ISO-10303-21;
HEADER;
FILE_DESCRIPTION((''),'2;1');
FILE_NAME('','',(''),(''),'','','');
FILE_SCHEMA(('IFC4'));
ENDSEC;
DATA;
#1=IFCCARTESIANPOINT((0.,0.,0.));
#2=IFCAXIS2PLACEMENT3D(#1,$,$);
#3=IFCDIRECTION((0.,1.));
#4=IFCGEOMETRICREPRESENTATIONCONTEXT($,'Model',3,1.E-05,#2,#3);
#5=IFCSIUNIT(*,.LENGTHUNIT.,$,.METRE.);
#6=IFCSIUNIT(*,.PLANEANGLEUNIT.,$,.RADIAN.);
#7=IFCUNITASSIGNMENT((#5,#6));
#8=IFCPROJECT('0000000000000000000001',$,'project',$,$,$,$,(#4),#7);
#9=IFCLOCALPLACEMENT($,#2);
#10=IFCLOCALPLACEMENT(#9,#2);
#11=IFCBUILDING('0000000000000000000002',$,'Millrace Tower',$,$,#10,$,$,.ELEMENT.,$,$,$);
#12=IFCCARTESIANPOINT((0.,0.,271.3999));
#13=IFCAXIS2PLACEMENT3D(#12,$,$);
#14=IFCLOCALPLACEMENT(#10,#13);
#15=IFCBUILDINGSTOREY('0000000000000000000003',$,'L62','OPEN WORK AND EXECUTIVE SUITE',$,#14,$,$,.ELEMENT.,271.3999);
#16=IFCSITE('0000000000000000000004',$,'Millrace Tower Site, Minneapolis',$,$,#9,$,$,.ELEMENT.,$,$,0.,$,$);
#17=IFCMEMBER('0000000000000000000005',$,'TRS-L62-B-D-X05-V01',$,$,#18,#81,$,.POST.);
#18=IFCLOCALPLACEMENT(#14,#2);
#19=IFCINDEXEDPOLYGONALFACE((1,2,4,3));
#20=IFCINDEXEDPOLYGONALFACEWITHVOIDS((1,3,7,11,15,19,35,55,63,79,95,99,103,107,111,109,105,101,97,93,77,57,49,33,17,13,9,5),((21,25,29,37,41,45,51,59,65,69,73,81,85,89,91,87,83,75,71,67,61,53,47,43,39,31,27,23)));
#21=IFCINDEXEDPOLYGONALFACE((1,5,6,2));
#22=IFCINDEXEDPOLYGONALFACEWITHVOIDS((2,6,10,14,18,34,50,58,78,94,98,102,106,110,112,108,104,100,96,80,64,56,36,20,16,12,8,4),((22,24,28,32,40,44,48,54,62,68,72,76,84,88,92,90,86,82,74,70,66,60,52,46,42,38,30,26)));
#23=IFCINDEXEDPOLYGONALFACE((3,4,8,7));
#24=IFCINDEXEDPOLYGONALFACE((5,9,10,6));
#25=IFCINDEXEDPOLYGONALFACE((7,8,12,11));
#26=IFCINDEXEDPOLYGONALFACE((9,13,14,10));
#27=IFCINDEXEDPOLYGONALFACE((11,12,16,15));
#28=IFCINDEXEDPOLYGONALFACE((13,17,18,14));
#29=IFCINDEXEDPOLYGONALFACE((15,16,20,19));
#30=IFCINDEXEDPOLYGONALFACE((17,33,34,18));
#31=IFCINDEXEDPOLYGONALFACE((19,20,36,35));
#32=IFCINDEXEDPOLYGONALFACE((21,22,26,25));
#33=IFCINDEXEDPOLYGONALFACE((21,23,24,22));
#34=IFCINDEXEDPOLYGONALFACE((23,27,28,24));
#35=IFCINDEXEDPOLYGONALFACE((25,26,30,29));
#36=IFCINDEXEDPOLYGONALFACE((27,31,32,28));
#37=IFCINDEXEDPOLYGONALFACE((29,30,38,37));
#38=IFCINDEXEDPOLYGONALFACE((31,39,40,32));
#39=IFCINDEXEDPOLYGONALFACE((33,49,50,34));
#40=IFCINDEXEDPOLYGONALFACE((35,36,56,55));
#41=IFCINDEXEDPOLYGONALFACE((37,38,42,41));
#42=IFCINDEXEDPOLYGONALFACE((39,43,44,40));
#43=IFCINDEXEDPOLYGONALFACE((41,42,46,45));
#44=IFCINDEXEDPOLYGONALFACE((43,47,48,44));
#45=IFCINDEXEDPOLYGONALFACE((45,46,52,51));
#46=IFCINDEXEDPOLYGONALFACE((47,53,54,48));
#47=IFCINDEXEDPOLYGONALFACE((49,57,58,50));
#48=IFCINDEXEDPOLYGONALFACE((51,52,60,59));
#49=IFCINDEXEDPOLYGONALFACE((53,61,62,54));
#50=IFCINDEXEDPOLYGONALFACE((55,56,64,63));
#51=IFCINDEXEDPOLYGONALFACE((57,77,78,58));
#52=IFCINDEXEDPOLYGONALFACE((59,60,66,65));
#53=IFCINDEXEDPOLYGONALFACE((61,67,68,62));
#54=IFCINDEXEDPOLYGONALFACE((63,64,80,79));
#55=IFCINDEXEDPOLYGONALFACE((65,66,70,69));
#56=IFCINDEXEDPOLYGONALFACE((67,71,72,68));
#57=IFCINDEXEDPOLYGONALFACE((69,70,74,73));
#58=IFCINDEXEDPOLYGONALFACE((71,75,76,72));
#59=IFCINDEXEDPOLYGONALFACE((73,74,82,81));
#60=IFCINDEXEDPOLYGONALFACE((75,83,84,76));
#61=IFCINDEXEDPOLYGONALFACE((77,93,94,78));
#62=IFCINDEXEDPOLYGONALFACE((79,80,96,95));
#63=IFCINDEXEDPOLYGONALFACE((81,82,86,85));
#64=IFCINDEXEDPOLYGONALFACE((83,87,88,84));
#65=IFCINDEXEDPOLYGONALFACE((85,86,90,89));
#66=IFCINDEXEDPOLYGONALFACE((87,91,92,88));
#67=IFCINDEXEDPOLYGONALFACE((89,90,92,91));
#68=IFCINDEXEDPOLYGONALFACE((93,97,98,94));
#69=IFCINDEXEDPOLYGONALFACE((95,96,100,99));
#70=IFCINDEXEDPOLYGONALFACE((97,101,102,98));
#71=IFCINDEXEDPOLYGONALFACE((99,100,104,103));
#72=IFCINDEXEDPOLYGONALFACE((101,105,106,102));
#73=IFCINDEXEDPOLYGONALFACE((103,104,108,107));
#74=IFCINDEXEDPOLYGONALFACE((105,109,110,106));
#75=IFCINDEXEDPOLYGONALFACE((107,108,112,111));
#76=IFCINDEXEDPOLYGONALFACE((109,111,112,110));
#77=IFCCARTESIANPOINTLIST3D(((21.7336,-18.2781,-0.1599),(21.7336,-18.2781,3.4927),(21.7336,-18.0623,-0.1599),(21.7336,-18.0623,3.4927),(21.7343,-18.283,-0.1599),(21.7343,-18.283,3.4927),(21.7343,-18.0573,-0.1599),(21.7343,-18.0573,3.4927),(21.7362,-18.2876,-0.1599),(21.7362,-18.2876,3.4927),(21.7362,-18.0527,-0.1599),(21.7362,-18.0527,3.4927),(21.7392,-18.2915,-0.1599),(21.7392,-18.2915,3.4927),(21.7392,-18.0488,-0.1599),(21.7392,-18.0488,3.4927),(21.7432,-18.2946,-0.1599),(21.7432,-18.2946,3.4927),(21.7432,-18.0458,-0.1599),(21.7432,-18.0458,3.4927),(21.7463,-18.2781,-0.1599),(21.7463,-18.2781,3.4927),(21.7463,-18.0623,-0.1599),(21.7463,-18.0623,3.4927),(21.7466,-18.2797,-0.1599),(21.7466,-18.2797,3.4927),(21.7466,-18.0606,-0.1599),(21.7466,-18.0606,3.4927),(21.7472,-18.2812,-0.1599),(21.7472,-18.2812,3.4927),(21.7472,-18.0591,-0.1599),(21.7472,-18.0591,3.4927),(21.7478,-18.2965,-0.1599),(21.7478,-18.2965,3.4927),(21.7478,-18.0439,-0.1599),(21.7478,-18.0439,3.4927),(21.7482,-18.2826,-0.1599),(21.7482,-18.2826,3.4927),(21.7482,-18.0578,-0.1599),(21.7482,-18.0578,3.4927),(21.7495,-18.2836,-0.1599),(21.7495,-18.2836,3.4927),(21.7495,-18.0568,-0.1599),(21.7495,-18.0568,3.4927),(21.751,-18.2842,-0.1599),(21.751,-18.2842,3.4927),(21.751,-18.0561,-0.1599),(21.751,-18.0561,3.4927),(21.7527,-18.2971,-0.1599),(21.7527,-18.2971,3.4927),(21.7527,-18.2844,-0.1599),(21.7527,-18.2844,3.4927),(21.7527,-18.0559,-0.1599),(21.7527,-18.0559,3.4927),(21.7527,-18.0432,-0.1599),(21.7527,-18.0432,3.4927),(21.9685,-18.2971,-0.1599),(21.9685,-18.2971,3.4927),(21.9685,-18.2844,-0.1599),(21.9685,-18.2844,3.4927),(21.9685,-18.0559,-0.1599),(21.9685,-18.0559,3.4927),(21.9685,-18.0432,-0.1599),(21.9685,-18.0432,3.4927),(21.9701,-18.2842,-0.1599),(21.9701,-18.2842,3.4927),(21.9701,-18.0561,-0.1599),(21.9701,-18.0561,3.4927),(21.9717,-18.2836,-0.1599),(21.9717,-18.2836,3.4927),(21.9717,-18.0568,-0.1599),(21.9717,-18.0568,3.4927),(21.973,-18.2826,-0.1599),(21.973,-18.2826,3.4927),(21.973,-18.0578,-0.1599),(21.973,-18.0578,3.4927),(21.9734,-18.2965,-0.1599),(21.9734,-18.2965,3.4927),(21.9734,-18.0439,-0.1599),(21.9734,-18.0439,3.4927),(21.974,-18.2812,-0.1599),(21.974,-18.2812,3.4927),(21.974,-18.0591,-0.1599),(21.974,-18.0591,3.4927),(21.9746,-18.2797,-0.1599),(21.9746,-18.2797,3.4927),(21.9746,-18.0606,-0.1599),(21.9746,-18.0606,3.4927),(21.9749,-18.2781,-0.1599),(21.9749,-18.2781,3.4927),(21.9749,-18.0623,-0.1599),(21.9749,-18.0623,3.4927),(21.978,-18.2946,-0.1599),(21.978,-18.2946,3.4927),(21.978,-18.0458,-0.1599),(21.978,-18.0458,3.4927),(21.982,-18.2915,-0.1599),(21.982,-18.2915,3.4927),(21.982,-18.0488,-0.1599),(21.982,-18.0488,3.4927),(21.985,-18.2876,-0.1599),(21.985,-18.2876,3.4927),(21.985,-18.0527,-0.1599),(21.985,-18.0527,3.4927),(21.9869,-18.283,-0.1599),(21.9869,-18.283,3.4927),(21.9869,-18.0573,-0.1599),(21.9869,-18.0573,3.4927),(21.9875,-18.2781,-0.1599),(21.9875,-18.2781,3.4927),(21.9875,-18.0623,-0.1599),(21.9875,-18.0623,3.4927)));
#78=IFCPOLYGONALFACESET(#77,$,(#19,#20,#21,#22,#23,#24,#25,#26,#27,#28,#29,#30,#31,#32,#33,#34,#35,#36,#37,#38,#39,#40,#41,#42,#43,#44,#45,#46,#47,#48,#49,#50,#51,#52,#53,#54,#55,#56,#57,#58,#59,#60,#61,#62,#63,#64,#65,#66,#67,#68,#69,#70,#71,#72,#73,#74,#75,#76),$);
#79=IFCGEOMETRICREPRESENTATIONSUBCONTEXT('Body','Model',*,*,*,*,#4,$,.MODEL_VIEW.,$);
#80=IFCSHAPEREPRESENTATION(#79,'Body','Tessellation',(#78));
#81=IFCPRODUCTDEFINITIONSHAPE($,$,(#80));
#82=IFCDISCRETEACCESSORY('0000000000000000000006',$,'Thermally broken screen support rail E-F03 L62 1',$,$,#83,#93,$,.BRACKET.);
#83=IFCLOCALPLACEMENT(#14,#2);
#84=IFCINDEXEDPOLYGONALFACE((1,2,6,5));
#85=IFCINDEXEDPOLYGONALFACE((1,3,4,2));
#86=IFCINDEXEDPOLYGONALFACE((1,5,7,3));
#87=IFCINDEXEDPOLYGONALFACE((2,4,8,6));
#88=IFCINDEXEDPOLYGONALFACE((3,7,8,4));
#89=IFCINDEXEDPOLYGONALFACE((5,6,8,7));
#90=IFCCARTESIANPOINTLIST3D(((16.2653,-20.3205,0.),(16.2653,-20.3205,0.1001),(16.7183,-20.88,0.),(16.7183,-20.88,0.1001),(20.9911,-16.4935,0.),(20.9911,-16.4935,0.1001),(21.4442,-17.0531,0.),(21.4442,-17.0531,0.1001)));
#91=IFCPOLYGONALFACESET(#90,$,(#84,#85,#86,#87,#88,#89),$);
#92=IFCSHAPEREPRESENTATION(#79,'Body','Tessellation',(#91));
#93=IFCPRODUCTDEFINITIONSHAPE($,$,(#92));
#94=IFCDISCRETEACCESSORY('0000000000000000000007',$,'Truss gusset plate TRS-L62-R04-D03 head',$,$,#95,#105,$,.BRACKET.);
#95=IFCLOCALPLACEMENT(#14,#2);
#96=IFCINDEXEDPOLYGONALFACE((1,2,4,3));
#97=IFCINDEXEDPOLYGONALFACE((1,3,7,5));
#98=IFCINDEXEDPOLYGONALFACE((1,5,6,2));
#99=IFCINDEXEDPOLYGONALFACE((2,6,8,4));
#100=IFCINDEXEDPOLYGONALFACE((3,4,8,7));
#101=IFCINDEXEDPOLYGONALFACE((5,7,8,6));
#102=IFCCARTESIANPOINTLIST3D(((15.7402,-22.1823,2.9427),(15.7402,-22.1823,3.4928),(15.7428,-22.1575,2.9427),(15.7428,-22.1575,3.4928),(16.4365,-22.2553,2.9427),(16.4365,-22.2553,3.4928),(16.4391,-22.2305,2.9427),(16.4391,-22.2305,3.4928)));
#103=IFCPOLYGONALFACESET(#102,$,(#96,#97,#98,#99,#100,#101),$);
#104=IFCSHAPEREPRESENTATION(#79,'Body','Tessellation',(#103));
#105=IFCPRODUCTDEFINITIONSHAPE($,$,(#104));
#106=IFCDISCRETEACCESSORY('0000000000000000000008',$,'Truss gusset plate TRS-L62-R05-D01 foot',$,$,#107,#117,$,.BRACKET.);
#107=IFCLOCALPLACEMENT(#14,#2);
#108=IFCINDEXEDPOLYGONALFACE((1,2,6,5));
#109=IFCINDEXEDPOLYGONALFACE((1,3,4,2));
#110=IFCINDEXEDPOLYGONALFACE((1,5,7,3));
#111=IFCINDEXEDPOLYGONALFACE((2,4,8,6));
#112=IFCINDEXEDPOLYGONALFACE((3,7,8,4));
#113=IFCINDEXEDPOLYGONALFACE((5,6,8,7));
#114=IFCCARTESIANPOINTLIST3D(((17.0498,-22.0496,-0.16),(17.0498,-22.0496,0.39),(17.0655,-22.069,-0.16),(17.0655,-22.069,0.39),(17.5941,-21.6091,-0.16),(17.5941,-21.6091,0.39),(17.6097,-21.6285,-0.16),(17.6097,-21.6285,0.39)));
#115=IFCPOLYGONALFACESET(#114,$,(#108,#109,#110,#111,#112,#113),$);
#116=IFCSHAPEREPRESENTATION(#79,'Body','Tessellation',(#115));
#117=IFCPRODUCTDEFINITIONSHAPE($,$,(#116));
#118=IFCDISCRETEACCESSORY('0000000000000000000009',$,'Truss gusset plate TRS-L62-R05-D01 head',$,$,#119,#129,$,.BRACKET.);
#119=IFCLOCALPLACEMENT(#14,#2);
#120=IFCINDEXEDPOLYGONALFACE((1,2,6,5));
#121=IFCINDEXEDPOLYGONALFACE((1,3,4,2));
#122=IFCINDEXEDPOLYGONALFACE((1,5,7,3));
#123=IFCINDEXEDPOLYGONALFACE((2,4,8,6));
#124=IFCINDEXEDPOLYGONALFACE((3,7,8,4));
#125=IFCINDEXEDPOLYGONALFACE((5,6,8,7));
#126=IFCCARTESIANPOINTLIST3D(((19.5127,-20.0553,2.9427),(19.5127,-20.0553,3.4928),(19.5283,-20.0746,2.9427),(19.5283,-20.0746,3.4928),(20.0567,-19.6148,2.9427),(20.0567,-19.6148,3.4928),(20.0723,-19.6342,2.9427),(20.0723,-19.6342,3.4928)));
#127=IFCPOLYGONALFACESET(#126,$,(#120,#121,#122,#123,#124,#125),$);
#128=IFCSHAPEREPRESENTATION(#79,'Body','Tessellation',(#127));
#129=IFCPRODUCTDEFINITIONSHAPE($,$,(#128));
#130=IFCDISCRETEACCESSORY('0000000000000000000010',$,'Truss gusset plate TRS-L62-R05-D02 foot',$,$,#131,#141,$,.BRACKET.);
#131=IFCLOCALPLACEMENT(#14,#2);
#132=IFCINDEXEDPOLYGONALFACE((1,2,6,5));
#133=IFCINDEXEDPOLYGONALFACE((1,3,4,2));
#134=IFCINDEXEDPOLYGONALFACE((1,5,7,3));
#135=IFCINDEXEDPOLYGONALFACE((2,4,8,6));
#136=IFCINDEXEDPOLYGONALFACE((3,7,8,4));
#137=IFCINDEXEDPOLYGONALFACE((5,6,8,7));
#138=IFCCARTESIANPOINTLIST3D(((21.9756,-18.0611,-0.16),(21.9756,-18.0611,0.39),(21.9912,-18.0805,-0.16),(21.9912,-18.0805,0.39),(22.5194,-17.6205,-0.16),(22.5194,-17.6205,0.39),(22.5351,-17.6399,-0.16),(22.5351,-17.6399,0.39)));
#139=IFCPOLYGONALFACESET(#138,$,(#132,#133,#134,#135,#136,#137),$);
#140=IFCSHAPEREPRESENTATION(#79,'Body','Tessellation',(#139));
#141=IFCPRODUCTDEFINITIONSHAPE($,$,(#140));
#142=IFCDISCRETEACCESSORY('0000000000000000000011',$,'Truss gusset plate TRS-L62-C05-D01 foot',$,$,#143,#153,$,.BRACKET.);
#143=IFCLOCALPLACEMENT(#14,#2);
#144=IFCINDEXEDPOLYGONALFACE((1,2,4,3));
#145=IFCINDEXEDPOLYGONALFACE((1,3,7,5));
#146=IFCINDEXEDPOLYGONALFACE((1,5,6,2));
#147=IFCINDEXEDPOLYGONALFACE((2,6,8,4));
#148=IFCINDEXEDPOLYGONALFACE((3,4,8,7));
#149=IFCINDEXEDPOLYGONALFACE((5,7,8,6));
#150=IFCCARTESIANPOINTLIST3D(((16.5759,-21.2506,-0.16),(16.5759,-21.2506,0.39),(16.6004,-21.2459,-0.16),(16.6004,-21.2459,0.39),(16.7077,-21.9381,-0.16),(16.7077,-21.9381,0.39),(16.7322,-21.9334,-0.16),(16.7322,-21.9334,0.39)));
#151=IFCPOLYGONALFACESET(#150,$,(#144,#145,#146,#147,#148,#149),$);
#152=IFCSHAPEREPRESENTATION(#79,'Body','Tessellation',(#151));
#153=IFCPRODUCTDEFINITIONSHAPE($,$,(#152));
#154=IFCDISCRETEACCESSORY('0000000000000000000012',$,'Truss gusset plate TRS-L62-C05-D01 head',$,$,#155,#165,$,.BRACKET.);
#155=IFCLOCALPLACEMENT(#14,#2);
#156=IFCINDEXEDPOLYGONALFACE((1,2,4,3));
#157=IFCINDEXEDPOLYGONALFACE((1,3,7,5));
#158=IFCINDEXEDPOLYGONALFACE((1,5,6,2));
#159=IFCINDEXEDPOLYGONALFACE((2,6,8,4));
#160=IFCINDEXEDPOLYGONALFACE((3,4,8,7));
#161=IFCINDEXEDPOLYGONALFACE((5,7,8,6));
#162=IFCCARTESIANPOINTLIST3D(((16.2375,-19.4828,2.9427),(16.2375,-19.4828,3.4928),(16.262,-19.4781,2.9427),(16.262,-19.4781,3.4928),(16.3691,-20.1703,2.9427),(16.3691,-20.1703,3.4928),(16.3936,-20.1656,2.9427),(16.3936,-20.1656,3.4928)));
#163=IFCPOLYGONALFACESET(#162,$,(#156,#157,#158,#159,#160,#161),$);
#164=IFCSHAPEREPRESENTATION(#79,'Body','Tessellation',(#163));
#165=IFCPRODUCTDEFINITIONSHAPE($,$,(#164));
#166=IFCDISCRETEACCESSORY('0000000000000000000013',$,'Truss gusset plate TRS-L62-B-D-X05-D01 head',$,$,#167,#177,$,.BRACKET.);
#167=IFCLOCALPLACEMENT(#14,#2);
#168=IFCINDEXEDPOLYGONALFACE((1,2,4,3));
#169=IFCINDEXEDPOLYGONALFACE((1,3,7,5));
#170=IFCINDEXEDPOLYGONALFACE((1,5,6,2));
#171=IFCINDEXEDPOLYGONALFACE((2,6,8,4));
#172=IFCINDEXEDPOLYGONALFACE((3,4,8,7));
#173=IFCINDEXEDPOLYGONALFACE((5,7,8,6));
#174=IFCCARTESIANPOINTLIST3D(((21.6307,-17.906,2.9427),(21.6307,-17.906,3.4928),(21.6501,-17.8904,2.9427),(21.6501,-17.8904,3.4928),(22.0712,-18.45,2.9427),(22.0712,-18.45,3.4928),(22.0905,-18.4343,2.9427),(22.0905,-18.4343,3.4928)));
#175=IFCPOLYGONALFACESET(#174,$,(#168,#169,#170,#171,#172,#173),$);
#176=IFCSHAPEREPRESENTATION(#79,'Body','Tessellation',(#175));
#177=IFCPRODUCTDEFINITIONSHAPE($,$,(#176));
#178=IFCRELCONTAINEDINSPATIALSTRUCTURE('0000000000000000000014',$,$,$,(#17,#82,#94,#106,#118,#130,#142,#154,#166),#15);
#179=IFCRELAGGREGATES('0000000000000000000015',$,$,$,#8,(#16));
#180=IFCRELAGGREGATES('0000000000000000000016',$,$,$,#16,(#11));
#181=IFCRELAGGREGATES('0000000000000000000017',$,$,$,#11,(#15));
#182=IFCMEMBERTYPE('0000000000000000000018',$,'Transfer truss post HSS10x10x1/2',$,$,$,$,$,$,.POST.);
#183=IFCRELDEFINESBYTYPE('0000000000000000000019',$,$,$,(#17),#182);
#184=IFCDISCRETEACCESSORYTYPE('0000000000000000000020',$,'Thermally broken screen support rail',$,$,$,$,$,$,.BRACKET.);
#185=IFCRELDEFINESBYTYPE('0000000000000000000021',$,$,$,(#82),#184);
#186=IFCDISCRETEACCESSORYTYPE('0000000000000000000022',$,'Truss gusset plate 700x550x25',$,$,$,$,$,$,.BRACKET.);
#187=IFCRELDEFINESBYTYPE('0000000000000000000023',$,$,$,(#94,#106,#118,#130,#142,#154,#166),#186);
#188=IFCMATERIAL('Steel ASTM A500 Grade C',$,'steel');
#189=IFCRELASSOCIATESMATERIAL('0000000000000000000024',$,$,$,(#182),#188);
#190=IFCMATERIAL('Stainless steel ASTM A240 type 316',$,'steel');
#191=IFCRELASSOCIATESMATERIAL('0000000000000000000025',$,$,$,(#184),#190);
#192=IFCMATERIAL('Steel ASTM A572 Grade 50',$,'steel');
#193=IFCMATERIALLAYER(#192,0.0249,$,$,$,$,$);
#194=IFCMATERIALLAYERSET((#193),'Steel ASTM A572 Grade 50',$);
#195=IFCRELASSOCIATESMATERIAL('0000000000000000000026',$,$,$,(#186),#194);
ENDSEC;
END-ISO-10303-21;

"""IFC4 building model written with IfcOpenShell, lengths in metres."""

from ifc_helpers import new_model, si_unit, direction, frame, origin, origin_2d, place, context, subcontext, project, spatial, rectangle, hollow_rectangle, extrude, material, layer, layer_set, material_profile, profile_set, type_object, element, save


model = new_model("IFC4")

# Units and contexts
model_context = context("Model", 3, precision=1e-05, world=origin(), true_north=direction((0.0, 1.0)))
body_context = subcontext(model_context, "Body", "Model", "MODEL_VIEW")
ifc_project = project(units=[si_unit("LENGTHUNIT", "METRE"), si_unit("PLANEANGLEUNIT", "RADIAN")], contexts=[model_context])

# Site, building, storey
site_placement = place(None, origin())
site = spatial("IfcSite", under=ifc_project, at=site_placement, Name="Millrace Tower Site, Minneapolis", CompositionType="ELEMENT", RefElevation=0.0)
building_placement = place(site_placement, origin())
building = spatial("IfcBuilding", under=site, at=building_placement, Name="Millrace Tower", CompositionType="ELEMENT")
storey_placement = place(building_placement, frame((0.0, 0.0, 271.3999)))
storey = spatial("IfcBuildingStorey", under=building, at=storey_placement, Name="L62", Description="OPEN WORK AND EXECUTIVE SUITE", CompositionType="ELEMENT", Elevation=271.3999)

# Member
ifc_material_1 = material(Name="Steel ASTM A500 Grade C", Category="steel")
ifc_material_profile_1 = material_profile(ifc_material_1, hollow_rectangle(XDim=0.2539, YDim=0.2539, WallThickness=0.0127, InnerFilletRadius=0.0063, OuterFilletRadius=0.019, at=origin_2d()))
ifc_profile_set_1 = profile_set([ifc_material_profile_1], Name="Steel ASTM A500 Grade C")
member_type_1 = type_object("IfcMemberType", Name="Transfer truss post HSS10x10x1/2", PredefinedType="POST", material=ifc_profile_set_1)
for number, where, z_axis, x_axis, name in (
    (1, (21.8606, -18.1702, -0.1599), (0.0, 0.0, 1.0), (1.0, 0.0, 0.0), "TRS-L62-B-D-X05-V01"),
):
    element("IfcMember", number, at=place(storey_placement, frame(where, z_axis=z_axis, x_axis=x_axis)), inside=storey, type_object=member_type_1, Name=name, PredefinedType="POST", context=body_context, shape_type="SweptSolid", body=[
        extrude(hollow_rectangle(XDim=0.2539, YDim=0.2539, WallThickness=0.0127, InnerFilletRadius=0.0063, OuterFilletRadius=0.019, at=origin_2d()), origin(), (0.0, 0.0, 1.0), 3.6526),
    ])

# Discrete accessories
ifc_material_2 = material(Name="Stainless steel ASTM A240 type 316", Category="steel")
discrete_accessory_type_1 = type_object("IfcDiscreteAccessoryType", Name="Thermally broken screen support rail", PredefinedType="BRACKET", material=ifc_material_2)
discrete_accessory_placement = place(storey_placement, frame((18.8547, -18.6868, 0.0), z_axis=(0.0, 0.0, 1.0), x_axis=(0.777146, 0.62932, 0.0)))
element("IfcDiscreteAccessory", 2, at=discrete_accessory_placement, inside=storey, type_object=discrete_accessory_type_1, Name="Thermally broken screen support rail E-F03 L62 1", PredefinedType="BRACKET", context=body_context, shape_type="SweptSolid", body=[
    extrude(rectangle(XDim=6.0811, YDim=0.72, at=origin_2d()), origin(), (0.0, 0.0, 1.0), 0.1001),
])
ifc_material_3 = material(Name="Steel ASTM A572 Grade 50", Category="steel")
ifc_layer_1 = layer(ifc_material_3, 0.0249)
ifc_layer_set_1 = layer_set([ifc_layer_1], Name="Steel ASTM A572 Grade 50")
discrete_accessory_type_2 = type_object("IfcDiscreteAccessoryType", Name="Truss gusset plate 700x550x25", PredefinedType="BRACKET", material=ifc_layer_set_1)
for number, where, z_axis, x_axis, name in (
    (3, (15.7415, -22.1699, 3.2178), (0.994549, -0.104267, 0.0), (0.104267, 0.994549, 0.0), "Truss gusset plate TRS-L62-R04-D03 head"),
    (4, (17.0576, -22.0593, 0.115), (0.777318, 0.629108, 0.0), (-0.629108, 0.777318, 0.0), "Truss gusset plate TRS-L62-R05-D01 foot"),
):
    element("IfcDiscreteAccessory", number, at=place(storey_placement, frame(where, z_axis=z_axis, x_axis=x_axis)), inside=storey, type_object=discrete_accessory_type_2, Name=name, PredefinedType="BRACKET", context=body_context, shape_type="SweptSolid", body=[
        extrude(rectangle(XDim=0.0249, YDim=0.55, at=origin_2d()), origin(), (0.0, 0.0, 1.0), 0.7002),
    ])
for number, where, z_axis, x_axis, name in (
    (5, (19.5205, -20.0649, 3.2178), (0.77718, 0.629279, 0.0), (-0.629279, 0.77718, 0.0), "Truss gusset plate TRS-L62-R05-D01 head"),
    (6, (21.9834, -18.0708, 0.115), (0.777009, 0.629489, 0.0), (-0.629489, 0.777009, 0.0), "Truss gusset plate TRS-L62-R05-D02 foot"),
    (7, (16.5881, -21.2483, 0.115), (0.18833, -0.982106, 0.0), (0.982106, 0.18833, 0.0), "Truss gusset plate TRS-L62-C05-D01 foot"),
    (8, (16.2498, -19.4805, 3.2178), (0.187994, -0.98217, 0.0), (0.98217, 0.187994, 0.0), "Truss gusset plate TRS-L62-C05-D01 head"),
    (9, (21.6404, -17.8982, 3.2178), (0.629279, -0.77718, 0.0), (0.77718, 0.629279, 0.0), "Truss gusset plate TRS-L62-B-D-X05-D01 head"),
):
    element("IfcDiscreteAccessory", number, at=place(storey_placement, frame(where, z_axis=z_axis, x_axis=x_axis)), inside=storey, type_object=discrete_accessory_type_2, Name=name, PredefinedType="BRACKET", context=body_context, shape_type="SweptSolid", body=[
        extrude(rectangle(XDim=0.0249, YDim=0.55, at=origin_2d()), origin(), (0.0, 0.0, 1.0), 0.7),
    ])

save(model, "model.ifc")
